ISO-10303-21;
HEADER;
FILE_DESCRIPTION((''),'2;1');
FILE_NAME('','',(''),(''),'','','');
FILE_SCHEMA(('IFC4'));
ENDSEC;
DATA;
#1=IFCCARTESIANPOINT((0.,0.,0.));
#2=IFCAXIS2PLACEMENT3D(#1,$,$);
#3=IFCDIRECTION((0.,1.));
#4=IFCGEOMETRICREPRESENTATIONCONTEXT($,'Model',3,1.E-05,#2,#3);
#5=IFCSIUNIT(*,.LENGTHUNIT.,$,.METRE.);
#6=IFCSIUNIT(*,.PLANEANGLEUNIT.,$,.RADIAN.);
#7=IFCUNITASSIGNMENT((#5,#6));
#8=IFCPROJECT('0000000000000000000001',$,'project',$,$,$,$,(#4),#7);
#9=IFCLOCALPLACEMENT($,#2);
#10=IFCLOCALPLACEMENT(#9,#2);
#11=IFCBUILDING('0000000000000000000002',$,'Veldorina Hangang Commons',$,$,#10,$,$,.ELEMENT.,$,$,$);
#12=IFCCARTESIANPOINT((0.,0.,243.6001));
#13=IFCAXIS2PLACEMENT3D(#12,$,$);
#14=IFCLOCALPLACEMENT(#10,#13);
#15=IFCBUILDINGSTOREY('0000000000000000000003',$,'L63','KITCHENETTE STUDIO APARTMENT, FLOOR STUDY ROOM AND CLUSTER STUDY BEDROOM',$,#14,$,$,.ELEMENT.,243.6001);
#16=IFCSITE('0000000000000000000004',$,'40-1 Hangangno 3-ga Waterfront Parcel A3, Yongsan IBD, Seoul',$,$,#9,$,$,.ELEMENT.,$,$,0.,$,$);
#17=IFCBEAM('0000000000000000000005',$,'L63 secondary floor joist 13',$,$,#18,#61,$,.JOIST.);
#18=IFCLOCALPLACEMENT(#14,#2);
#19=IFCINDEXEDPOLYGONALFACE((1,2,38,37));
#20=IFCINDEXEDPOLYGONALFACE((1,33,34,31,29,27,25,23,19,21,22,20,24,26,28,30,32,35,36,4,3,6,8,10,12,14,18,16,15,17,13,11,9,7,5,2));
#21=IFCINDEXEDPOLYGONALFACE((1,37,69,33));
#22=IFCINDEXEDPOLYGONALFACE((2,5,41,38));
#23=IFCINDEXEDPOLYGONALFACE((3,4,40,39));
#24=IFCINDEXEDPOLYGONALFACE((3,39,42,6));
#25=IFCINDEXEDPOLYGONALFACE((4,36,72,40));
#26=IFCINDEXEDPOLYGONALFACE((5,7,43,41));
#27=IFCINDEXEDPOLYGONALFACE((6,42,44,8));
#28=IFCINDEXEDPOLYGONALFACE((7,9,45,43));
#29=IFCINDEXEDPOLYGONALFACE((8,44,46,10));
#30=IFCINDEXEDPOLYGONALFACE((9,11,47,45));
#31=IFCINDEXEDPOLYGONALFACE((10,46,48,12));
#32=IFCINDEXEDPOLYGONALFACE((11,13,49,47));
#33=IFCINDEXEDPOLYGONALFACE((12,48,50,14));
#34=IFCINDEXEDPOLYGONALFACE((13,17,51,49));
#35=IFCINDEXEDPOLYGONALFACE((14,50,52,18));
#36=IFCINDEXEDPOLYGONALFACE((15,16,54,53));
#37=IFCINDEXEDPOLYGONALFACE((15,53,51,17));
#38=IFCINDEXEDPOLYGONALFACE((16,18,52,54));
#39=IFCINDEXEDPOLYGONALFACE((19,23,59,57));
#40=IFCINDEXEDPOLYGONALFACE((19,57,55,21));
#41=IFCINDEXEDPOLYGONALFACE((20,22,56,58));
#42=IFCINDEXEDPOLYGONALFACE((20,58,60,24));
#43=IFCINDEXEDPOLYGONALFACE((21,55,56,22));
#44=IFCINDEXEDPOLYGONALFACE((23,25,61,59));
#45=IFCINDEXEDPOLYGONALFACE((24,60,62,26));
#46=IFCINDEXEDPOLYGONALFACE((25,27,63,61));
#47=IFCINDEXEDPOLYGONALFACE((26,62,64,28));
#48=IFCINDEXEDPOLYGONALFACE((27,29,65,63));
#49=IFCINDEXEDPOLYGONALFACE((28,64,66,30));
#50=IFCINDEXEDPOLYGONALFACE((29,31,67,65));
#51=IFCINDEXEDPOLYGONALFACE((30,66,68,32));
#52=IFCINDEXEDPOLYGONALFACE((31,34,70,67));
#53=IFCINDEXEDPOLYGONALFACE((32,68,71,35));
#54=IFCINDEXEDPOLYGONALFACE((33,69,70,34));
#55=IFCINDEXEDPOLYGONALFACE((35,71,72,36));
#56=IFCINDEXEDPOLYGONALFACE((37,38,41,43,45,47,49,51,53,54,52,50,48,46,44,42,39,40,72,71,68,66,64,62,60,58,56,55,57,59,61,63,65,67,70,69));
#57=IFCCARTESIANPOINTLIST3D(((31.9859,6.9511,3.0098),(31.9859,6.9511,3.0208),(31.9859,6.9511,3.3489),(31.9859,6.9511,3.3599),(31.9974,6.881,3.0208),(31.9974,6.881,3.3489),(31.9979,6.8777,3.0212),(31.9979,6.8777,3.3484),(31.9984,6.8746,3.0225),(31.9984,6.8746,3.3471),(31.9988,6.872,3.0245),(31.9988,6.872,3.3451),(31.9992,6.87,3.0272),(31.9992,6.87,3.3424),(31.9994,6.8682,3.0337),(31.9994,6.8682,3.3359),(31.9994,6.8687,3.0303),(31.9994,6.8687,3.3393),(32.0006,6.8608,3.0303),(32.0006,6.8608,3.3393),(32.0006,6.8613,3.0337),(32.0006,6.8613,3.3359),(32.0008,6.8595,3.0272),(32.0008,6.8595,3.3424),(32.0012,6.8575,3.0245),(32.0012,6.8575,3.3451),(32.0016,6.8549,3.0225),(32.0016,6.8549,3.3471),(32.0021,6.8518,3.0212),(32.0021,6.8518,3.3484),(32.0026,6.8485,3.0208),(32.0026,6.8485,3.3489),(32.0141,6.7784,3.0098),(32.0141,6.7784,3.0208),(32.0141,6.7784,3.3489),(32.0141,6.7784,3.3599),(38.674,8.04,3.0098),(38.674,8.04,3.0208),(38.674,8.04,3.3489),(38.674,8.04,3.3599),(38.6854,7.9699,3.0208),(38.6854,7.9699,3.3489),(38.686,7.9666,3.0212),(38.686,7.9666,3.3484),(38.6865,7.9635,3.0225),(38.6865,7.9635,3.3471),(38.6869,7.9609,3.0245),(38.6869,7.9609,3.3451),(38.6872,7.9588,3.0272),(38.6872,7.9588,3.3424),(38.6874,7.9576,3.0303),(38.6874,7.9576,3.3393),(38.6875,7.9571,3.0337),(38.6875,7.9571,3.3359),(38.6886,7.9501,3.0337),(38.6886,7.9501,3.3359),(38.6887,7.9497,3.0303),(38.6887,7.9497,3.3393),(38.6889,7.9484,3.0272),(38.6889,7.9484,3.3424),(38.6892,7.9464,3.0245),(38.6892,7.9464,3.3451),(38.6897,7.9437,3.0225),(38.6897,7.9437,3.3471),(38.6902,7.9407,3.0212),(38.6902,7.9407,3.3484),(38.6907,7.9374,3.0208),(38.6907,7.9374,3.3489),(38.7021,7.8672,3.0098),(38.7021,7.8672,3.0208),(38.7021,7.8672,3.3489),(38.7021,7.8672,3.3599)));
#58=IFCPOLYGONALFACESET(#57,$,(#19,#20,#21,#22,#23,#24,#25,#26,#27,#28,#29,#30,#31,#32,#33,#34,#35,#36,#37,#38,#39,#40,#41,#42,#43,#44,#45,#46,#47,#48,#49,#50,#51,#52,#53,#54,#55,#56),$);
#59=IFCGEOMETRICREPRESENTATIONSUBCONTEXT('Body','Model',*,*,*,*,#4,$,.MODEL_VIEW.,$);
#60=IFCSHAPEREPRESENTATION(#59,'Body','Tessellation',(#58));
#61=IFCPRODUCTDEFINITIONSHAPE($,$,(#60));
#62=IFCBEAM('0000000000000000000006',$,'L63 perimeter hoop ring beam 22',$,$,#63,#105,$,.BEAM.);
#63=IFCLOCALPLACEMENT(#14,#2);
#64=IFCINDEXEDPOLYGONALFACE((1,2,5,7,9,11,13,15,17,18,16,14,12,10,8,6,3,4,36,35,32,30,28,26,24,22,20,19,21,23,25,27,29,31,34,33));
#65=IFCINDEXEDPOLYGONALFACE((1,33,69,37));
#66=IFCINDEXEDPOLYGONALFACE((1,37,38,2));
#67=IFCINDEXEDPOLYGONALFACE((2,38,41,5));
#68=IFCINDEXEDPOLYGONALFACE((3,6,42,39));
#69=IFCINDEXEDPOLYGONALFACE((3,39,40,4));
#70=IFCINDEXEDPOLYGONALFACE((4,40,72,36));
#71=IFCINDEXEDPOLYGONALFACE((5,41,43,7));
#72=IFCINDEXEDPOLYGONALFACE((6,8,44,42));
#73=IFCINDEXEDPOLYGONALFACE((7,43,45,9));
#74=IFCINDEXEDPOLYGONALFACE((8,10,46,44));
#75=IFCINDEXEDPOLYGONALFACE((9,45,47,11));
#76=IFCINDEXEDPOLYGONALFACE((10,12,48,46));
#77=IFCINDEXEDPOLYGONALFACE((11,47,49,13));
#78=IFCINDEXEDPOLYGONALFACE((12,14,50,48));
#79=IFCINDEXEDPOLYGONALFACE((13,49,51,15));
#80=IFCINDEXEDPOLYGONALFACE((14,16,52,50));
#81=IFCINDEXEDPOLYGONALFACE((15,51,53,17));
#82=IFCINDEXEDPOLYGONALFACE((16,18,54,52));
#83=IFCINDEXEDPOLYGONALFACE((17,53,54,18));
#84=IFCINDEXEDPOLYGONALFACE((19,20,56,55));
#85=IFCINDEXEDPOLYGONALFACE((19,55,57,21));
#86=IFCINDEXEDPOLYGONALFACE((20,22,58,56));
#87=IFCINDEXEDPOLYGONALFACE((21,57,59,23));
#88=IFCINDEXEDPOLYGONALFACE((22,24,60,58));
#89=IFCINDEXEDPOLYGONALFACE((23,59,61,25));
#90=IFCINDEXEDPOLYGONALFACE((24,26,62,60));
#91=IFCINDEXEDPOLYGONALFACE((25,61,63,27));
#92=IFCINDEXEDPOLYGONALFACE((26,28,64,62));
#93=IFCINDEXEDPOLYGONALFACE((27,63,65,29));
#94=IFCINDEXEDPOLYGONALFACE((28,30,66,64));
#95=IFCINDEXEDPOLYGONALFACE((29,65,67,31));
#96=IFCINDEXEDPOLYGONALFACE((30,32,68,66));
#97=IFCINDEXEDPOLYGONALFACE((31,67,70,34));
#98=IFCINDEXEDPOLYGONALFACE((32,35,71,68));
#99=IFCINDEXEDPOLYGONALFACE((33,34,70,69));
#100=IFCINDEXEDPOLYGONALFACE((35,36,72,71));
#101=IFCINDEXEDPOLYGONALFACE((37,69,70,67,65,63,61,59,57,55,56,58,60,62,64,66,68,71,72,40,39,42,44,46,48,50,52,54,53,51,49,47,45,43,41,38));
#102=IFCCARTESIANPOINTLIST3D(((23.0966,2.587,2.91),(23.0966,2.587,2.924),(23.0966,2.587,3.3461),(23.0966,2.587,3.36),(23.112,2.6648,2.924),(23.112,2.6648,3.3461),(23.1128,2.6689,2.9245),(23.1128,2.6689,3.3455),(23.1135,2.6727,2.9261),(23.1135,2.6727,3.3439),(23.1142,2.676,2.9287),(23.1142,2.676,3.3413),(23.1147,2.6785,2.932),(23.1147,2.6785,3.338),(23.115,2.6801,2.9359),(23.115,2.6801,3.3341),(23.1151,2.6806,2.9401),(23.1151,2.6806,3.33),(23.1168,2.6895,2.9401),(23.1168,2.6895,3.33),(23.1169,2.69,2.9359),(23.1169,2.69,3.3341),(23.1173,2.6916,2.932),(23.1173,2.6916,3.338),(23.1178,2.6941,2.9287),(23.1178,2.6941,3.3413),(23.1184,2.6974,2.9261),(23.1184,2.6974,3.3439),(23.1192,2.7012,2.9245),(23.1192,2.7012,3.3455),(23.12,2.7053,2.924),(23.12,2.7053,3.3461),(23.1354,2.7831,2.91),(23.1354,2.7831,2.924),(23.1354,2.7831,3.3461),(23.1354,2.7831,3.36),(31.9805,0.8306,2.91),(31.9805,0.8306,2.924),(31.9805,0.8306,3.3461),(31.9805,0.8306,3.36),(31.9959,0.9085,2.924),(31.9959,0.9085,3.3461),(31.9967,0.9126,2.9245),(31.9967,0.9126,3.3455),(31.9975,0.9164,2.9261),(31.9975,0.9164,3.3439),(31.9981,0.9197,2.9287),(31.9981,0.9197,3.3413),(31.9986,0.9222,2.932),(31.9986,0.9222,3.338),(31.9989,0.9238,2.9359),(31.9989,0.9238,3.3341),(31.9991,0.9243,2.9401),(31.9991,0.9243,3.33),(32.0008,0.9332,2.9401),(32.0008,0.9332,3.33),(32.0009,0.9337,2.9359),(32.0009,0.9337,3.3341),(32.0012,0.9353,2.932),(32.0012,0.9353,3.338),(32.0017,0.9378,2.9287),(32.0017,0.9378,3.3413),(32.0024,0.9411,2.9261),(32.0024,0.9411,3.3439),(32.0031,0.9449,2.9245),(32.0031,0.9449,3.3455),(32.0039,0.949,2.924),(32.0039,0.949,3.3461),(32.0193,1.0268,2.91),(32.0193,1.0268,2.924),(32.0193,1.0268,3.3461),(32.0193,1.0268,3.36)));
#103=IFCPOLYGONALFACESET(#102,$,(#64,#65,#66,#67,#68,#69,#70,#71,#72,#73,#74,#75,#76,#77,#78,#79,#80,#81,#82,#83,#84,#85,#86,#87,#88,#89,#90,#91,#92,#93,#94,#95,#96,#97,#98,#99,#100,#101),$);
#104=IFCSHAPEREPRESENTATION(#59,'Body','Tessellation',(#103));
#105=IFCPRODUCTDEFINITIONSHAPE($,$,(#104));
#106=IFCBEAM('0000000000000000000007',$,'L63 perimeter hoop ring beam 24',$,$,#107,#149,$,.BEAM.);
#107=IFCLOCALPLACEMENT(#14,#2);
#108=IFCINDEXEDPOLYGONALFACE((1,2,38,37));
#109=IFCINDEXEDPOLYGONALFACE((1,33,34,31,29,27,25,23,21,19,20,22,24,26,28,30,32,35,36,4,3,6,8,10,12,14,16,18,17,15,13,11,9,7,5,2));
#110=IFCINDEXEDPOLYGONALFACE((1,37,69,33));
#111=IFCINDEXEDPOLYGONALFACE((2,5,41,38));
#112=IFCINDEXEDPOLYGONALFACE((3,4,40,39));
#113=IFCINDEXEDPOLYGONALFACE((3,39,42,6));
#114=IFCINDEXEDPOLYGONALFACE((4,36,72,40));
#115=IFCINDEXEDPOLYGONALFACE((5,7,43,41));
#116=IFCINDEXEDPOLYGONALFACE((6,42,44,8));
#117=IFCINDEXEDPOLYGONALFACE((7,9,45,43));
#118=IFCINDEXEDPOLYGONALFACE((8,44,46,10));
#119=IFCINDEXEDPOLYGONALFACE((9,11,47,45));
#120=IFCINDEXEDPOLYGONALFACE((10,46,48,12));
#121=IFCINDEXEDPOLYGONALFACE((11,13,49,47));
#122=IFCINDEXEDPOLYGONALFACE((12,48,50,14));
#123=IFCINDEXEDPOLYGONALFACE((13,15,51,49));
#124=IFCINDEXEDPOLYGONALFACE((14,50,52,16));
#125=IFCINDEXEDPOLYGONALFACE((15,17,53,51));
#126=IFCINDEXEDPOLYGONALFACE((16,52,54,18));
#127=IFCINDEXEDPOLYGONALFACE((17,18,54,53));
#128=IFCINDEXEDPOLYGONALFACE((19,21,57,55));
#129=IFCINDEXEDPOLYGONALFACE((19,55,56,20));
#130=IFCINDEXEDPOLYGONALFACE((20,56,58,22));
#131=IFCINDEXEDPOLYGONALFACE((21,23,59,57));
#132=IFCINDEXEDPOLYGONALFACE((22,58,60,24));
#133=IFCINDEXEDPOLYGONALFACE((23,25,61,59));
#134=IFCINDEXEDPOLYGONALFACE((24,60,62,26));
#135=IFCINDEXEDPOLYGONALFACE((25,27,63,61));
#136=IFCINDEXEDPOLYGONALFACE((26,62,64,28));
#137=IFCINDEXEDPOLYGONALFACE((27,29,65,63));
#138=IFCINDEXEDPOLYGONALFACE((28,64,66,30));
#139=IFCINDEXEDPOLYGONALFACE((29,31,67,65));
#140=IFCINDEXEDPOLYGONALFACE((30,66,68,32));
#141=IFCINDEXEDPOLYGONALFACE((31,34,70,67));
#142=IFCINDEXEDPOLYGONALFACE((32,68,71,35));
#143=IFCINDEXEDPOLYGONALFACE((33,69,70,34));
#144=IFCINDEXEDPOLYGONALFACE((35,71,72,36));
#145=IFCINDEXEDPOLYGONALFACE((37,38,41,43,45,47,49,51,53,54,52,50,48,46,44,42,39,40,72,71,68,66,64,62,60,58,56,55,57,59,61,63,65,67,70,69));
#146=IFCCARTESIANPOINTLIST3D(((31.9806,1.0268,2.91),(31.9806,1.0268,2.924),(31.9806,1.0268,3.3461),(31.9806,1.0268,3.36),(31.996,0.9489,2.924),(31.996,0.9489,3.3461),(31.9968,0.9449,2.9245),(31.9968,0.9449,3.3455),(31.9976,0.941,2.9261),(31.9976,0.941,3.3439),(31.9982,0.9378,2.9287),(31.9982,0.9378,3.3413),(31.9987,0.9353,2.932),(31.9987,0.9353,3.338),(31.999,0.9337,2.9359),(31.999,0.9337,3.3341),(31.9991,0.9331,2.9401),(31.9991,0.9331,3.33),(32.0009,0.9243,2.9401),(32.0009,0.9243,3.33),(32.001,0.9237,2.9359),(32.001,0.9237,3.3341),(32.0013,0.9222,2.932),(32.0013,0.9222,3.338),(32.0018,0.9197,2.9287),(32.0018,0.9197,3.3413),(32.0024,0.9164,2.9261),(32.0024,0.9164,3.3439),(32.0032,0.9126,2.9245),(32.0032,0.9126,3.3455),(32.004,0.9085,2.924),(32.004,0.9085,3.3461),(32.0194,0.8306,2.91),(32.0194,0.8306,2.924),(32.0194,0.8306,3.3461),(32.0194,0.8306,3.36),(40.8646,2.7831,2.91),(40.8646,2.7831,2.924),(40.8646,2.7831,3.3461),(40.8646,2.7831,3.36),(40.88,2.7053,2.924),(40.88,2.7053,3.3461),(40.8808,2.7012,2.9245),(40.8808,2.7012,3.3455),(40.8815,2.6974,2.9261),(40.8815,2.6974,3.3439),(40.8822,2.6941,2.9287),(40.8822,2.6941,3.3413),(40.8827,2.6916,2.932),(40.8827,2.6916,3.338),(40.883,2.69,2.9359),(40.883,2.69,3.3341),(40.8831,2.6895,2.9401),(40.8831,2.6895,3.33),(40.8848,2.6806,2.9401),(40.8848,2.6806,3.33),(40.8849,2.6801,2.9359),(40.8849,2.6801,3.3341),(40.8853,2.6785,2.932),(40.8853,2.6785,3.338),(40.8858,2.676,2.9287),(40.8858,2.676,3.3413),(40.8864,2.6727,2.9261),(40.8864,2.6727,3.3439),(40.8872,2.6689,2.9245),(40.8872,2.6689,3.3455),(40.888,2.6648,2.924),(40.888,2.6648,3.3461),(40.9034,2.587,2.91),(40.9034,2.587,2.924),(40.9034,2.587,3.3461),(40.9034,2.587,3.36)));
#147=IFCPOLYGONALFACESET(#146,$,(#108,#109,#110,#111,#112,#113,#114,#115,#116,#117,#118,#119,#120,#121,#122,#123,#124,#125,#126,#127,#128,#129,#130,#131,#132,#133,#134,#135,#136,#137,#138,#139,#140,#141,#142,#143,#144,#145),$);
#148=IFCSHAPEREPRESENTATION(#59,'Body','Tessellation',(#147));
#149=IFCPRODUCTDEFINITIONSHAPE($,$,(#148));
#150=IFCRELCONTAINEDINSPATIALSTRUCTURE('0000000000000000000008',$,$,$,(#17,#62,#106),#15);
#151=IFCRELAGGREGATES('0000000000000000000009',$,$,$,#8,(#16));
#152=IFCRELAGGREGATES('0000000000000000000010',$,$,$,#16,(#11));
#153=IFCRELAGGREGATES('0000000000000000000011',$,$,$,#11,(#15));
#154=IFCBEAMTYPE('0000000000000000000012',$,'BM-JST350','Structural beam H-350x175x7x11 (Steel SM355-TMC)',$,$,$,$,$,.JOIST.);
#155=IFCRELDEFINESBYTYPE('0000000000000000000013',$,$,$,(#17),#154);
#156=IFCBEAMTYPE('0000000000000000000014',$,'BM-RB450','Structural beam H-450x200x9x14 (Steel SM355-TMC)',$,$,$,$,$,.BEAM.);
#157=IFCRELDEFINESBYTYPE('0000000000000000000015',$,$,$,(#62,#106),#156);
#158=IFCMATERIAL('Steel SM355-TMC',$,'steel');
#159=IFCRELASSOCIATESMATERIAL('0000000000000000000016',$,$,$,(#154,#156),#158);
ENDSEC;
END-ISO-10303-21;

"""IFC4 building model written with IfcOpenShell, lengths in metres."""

from ifc_helpers import new_model, si_unit, direction, frame, origin, origin_2d, place, context, subcontext, project, spatial, i_section, extrude, material, material_profile, profile_set, type_object, element, save


model = new_model("IFC4")

# Units and contexts
model_context = context("Model", 3, precision=1e-05, world=origin(), true_north=direction((0.0, 1.0)))
body_context = subcontext(model_context, "Body", "Model", "MODEL_VIEW")
ifc_project = project(units=[si_unit("LENGTHUNIT", "METRE"), si_unit("PLANEANGLEUNIT", "RADIAN")], contexts=[model_context])

# Site, building, storey
site_placement = place(None, origin())
site = spatial("IfcSite", under=ifc_project, at=site_placement, Name="40-1 Hangangno 3-ga Waterfront Parcel A3, Yongsan IBD, Seoul", CompositionType="ELEMENT", RefElevation=0.0)
building_placement = place(site_placement, origin())
building = spatial("IfcBuilding", under=site, at=building_placement, Name="Veldorina Hangang Commons", CompositionType="ELEMENT")
storey_placement = place(building_placement, frame((0.0, 0.0, 243.6001)))
storey = spatial("IfcBuildingStorey", under=building, at=storey_placement, Name="L63", Description="KITCHENETTE STUDIO APARTMENT, FLOOR STUDY ROOM AND CLUSTER STUDY BEDROOM", CompositionType="ELEMENT", Elevation=243.6001)

# Beams
ifc_material_1 = material(Name="Steel SM355-TMC", Category="steel")
ifc_material_profile_1 = material_profile(ifc_material_1, i_section(OverallWidth=0.175, OverallDepth=0.3501, WebThickness=0.0071, FlangeThickness=0.011, FilletRadius=0.0129, at=origin_2d()), Name="H-350x175x7x11")
ifc_profile_set_1 = profile_set([ifc_material_profile_1], Name="Steel SM355-TMC")
beam_type_1 = type_object("IfcBeamType", Name="BM-JST350", Description="Structural beam H-350x175x7x11 (Steel SM355-TMC)", PredefinedType="JOIST", material=ifc_profile_set_1)
beam_placement = place(storey_placement, frame((32.0, 6.8647, 3.1848), z_axis=(0.987004, 0.160694, 0.0), x_axis=(-0.160694, 0.987004, 0.0)))
element("IfcBeam", 1, at=beam_placement, inside=storey, type_object=beam_type_1, Name="L63 secondary floor joist 13", PredefinedType="JOIST", context=body_context, shape_type="SweptSolid", body=[
    extrude(i_section(OverallWidth=0.175, OverallDepth=0.3501, WebThickness=0.0071, FlangeThickness=0.011, FilletRadius=0.0129, at=origin_2d()), origin(), (0.0, 0.0, 1.0), 6.7761),
])
ifc_material_profile_2 = material_profile(ifc_material_1, i_section(OverallWidth=0.2, OverallDepth=0.45, WebThickness=0.009, FlangeThickness=0.0139, FilletRadius=0.0161, at=origin_2d()), Name="H-450x200x9x14")
ifc_profile_set_2 = profile_set([ifc_material_profile_2], Name="Steel SM355-TMC")
beam_type_2 = type_object("IfcBeamType", Name="BM-RB450", Description="Structural beam H-450x200x9x14 (Steel SM355-TMC)", PredefinedType="BEAM", material=ifc_profile_set_2)
for number, where, z_axis, x_axis, name in (
    (2, (23.116, 2.6851, 3.135), (0.981013, -0.193943, 0.0), (0.193943, 0.981013, 0.0), "L63 perimeter hoop ring beam 22"),
    (3, (32.0, 0.9287, 3.135), (0.981013, 0.193943, 0.0), (-0.193943, 0.981013, 0.0), "L63 perimeter hoop ring beam 24"),
):
    element("IfcBeam", number, at=place(storey_placement, frame(where, z_axis=z_axis, x_axis=x_axis)), inside=storey, type_object=beam_type_2, Name=name, PredefinedType="BEAM", context=body_context, shape_type="SweptSolid", body=[
        extrude(i_section(OverallWidth=0.2, OverallDepth=0.45, WebThickness=0.009, FlangeThickness=0.0139, FilletRadius=0.0161, at=origin_2d()), origin(), (0.0, 0.0, 1.0), 9.0559),
    ])

save(model, "model.ifc")
